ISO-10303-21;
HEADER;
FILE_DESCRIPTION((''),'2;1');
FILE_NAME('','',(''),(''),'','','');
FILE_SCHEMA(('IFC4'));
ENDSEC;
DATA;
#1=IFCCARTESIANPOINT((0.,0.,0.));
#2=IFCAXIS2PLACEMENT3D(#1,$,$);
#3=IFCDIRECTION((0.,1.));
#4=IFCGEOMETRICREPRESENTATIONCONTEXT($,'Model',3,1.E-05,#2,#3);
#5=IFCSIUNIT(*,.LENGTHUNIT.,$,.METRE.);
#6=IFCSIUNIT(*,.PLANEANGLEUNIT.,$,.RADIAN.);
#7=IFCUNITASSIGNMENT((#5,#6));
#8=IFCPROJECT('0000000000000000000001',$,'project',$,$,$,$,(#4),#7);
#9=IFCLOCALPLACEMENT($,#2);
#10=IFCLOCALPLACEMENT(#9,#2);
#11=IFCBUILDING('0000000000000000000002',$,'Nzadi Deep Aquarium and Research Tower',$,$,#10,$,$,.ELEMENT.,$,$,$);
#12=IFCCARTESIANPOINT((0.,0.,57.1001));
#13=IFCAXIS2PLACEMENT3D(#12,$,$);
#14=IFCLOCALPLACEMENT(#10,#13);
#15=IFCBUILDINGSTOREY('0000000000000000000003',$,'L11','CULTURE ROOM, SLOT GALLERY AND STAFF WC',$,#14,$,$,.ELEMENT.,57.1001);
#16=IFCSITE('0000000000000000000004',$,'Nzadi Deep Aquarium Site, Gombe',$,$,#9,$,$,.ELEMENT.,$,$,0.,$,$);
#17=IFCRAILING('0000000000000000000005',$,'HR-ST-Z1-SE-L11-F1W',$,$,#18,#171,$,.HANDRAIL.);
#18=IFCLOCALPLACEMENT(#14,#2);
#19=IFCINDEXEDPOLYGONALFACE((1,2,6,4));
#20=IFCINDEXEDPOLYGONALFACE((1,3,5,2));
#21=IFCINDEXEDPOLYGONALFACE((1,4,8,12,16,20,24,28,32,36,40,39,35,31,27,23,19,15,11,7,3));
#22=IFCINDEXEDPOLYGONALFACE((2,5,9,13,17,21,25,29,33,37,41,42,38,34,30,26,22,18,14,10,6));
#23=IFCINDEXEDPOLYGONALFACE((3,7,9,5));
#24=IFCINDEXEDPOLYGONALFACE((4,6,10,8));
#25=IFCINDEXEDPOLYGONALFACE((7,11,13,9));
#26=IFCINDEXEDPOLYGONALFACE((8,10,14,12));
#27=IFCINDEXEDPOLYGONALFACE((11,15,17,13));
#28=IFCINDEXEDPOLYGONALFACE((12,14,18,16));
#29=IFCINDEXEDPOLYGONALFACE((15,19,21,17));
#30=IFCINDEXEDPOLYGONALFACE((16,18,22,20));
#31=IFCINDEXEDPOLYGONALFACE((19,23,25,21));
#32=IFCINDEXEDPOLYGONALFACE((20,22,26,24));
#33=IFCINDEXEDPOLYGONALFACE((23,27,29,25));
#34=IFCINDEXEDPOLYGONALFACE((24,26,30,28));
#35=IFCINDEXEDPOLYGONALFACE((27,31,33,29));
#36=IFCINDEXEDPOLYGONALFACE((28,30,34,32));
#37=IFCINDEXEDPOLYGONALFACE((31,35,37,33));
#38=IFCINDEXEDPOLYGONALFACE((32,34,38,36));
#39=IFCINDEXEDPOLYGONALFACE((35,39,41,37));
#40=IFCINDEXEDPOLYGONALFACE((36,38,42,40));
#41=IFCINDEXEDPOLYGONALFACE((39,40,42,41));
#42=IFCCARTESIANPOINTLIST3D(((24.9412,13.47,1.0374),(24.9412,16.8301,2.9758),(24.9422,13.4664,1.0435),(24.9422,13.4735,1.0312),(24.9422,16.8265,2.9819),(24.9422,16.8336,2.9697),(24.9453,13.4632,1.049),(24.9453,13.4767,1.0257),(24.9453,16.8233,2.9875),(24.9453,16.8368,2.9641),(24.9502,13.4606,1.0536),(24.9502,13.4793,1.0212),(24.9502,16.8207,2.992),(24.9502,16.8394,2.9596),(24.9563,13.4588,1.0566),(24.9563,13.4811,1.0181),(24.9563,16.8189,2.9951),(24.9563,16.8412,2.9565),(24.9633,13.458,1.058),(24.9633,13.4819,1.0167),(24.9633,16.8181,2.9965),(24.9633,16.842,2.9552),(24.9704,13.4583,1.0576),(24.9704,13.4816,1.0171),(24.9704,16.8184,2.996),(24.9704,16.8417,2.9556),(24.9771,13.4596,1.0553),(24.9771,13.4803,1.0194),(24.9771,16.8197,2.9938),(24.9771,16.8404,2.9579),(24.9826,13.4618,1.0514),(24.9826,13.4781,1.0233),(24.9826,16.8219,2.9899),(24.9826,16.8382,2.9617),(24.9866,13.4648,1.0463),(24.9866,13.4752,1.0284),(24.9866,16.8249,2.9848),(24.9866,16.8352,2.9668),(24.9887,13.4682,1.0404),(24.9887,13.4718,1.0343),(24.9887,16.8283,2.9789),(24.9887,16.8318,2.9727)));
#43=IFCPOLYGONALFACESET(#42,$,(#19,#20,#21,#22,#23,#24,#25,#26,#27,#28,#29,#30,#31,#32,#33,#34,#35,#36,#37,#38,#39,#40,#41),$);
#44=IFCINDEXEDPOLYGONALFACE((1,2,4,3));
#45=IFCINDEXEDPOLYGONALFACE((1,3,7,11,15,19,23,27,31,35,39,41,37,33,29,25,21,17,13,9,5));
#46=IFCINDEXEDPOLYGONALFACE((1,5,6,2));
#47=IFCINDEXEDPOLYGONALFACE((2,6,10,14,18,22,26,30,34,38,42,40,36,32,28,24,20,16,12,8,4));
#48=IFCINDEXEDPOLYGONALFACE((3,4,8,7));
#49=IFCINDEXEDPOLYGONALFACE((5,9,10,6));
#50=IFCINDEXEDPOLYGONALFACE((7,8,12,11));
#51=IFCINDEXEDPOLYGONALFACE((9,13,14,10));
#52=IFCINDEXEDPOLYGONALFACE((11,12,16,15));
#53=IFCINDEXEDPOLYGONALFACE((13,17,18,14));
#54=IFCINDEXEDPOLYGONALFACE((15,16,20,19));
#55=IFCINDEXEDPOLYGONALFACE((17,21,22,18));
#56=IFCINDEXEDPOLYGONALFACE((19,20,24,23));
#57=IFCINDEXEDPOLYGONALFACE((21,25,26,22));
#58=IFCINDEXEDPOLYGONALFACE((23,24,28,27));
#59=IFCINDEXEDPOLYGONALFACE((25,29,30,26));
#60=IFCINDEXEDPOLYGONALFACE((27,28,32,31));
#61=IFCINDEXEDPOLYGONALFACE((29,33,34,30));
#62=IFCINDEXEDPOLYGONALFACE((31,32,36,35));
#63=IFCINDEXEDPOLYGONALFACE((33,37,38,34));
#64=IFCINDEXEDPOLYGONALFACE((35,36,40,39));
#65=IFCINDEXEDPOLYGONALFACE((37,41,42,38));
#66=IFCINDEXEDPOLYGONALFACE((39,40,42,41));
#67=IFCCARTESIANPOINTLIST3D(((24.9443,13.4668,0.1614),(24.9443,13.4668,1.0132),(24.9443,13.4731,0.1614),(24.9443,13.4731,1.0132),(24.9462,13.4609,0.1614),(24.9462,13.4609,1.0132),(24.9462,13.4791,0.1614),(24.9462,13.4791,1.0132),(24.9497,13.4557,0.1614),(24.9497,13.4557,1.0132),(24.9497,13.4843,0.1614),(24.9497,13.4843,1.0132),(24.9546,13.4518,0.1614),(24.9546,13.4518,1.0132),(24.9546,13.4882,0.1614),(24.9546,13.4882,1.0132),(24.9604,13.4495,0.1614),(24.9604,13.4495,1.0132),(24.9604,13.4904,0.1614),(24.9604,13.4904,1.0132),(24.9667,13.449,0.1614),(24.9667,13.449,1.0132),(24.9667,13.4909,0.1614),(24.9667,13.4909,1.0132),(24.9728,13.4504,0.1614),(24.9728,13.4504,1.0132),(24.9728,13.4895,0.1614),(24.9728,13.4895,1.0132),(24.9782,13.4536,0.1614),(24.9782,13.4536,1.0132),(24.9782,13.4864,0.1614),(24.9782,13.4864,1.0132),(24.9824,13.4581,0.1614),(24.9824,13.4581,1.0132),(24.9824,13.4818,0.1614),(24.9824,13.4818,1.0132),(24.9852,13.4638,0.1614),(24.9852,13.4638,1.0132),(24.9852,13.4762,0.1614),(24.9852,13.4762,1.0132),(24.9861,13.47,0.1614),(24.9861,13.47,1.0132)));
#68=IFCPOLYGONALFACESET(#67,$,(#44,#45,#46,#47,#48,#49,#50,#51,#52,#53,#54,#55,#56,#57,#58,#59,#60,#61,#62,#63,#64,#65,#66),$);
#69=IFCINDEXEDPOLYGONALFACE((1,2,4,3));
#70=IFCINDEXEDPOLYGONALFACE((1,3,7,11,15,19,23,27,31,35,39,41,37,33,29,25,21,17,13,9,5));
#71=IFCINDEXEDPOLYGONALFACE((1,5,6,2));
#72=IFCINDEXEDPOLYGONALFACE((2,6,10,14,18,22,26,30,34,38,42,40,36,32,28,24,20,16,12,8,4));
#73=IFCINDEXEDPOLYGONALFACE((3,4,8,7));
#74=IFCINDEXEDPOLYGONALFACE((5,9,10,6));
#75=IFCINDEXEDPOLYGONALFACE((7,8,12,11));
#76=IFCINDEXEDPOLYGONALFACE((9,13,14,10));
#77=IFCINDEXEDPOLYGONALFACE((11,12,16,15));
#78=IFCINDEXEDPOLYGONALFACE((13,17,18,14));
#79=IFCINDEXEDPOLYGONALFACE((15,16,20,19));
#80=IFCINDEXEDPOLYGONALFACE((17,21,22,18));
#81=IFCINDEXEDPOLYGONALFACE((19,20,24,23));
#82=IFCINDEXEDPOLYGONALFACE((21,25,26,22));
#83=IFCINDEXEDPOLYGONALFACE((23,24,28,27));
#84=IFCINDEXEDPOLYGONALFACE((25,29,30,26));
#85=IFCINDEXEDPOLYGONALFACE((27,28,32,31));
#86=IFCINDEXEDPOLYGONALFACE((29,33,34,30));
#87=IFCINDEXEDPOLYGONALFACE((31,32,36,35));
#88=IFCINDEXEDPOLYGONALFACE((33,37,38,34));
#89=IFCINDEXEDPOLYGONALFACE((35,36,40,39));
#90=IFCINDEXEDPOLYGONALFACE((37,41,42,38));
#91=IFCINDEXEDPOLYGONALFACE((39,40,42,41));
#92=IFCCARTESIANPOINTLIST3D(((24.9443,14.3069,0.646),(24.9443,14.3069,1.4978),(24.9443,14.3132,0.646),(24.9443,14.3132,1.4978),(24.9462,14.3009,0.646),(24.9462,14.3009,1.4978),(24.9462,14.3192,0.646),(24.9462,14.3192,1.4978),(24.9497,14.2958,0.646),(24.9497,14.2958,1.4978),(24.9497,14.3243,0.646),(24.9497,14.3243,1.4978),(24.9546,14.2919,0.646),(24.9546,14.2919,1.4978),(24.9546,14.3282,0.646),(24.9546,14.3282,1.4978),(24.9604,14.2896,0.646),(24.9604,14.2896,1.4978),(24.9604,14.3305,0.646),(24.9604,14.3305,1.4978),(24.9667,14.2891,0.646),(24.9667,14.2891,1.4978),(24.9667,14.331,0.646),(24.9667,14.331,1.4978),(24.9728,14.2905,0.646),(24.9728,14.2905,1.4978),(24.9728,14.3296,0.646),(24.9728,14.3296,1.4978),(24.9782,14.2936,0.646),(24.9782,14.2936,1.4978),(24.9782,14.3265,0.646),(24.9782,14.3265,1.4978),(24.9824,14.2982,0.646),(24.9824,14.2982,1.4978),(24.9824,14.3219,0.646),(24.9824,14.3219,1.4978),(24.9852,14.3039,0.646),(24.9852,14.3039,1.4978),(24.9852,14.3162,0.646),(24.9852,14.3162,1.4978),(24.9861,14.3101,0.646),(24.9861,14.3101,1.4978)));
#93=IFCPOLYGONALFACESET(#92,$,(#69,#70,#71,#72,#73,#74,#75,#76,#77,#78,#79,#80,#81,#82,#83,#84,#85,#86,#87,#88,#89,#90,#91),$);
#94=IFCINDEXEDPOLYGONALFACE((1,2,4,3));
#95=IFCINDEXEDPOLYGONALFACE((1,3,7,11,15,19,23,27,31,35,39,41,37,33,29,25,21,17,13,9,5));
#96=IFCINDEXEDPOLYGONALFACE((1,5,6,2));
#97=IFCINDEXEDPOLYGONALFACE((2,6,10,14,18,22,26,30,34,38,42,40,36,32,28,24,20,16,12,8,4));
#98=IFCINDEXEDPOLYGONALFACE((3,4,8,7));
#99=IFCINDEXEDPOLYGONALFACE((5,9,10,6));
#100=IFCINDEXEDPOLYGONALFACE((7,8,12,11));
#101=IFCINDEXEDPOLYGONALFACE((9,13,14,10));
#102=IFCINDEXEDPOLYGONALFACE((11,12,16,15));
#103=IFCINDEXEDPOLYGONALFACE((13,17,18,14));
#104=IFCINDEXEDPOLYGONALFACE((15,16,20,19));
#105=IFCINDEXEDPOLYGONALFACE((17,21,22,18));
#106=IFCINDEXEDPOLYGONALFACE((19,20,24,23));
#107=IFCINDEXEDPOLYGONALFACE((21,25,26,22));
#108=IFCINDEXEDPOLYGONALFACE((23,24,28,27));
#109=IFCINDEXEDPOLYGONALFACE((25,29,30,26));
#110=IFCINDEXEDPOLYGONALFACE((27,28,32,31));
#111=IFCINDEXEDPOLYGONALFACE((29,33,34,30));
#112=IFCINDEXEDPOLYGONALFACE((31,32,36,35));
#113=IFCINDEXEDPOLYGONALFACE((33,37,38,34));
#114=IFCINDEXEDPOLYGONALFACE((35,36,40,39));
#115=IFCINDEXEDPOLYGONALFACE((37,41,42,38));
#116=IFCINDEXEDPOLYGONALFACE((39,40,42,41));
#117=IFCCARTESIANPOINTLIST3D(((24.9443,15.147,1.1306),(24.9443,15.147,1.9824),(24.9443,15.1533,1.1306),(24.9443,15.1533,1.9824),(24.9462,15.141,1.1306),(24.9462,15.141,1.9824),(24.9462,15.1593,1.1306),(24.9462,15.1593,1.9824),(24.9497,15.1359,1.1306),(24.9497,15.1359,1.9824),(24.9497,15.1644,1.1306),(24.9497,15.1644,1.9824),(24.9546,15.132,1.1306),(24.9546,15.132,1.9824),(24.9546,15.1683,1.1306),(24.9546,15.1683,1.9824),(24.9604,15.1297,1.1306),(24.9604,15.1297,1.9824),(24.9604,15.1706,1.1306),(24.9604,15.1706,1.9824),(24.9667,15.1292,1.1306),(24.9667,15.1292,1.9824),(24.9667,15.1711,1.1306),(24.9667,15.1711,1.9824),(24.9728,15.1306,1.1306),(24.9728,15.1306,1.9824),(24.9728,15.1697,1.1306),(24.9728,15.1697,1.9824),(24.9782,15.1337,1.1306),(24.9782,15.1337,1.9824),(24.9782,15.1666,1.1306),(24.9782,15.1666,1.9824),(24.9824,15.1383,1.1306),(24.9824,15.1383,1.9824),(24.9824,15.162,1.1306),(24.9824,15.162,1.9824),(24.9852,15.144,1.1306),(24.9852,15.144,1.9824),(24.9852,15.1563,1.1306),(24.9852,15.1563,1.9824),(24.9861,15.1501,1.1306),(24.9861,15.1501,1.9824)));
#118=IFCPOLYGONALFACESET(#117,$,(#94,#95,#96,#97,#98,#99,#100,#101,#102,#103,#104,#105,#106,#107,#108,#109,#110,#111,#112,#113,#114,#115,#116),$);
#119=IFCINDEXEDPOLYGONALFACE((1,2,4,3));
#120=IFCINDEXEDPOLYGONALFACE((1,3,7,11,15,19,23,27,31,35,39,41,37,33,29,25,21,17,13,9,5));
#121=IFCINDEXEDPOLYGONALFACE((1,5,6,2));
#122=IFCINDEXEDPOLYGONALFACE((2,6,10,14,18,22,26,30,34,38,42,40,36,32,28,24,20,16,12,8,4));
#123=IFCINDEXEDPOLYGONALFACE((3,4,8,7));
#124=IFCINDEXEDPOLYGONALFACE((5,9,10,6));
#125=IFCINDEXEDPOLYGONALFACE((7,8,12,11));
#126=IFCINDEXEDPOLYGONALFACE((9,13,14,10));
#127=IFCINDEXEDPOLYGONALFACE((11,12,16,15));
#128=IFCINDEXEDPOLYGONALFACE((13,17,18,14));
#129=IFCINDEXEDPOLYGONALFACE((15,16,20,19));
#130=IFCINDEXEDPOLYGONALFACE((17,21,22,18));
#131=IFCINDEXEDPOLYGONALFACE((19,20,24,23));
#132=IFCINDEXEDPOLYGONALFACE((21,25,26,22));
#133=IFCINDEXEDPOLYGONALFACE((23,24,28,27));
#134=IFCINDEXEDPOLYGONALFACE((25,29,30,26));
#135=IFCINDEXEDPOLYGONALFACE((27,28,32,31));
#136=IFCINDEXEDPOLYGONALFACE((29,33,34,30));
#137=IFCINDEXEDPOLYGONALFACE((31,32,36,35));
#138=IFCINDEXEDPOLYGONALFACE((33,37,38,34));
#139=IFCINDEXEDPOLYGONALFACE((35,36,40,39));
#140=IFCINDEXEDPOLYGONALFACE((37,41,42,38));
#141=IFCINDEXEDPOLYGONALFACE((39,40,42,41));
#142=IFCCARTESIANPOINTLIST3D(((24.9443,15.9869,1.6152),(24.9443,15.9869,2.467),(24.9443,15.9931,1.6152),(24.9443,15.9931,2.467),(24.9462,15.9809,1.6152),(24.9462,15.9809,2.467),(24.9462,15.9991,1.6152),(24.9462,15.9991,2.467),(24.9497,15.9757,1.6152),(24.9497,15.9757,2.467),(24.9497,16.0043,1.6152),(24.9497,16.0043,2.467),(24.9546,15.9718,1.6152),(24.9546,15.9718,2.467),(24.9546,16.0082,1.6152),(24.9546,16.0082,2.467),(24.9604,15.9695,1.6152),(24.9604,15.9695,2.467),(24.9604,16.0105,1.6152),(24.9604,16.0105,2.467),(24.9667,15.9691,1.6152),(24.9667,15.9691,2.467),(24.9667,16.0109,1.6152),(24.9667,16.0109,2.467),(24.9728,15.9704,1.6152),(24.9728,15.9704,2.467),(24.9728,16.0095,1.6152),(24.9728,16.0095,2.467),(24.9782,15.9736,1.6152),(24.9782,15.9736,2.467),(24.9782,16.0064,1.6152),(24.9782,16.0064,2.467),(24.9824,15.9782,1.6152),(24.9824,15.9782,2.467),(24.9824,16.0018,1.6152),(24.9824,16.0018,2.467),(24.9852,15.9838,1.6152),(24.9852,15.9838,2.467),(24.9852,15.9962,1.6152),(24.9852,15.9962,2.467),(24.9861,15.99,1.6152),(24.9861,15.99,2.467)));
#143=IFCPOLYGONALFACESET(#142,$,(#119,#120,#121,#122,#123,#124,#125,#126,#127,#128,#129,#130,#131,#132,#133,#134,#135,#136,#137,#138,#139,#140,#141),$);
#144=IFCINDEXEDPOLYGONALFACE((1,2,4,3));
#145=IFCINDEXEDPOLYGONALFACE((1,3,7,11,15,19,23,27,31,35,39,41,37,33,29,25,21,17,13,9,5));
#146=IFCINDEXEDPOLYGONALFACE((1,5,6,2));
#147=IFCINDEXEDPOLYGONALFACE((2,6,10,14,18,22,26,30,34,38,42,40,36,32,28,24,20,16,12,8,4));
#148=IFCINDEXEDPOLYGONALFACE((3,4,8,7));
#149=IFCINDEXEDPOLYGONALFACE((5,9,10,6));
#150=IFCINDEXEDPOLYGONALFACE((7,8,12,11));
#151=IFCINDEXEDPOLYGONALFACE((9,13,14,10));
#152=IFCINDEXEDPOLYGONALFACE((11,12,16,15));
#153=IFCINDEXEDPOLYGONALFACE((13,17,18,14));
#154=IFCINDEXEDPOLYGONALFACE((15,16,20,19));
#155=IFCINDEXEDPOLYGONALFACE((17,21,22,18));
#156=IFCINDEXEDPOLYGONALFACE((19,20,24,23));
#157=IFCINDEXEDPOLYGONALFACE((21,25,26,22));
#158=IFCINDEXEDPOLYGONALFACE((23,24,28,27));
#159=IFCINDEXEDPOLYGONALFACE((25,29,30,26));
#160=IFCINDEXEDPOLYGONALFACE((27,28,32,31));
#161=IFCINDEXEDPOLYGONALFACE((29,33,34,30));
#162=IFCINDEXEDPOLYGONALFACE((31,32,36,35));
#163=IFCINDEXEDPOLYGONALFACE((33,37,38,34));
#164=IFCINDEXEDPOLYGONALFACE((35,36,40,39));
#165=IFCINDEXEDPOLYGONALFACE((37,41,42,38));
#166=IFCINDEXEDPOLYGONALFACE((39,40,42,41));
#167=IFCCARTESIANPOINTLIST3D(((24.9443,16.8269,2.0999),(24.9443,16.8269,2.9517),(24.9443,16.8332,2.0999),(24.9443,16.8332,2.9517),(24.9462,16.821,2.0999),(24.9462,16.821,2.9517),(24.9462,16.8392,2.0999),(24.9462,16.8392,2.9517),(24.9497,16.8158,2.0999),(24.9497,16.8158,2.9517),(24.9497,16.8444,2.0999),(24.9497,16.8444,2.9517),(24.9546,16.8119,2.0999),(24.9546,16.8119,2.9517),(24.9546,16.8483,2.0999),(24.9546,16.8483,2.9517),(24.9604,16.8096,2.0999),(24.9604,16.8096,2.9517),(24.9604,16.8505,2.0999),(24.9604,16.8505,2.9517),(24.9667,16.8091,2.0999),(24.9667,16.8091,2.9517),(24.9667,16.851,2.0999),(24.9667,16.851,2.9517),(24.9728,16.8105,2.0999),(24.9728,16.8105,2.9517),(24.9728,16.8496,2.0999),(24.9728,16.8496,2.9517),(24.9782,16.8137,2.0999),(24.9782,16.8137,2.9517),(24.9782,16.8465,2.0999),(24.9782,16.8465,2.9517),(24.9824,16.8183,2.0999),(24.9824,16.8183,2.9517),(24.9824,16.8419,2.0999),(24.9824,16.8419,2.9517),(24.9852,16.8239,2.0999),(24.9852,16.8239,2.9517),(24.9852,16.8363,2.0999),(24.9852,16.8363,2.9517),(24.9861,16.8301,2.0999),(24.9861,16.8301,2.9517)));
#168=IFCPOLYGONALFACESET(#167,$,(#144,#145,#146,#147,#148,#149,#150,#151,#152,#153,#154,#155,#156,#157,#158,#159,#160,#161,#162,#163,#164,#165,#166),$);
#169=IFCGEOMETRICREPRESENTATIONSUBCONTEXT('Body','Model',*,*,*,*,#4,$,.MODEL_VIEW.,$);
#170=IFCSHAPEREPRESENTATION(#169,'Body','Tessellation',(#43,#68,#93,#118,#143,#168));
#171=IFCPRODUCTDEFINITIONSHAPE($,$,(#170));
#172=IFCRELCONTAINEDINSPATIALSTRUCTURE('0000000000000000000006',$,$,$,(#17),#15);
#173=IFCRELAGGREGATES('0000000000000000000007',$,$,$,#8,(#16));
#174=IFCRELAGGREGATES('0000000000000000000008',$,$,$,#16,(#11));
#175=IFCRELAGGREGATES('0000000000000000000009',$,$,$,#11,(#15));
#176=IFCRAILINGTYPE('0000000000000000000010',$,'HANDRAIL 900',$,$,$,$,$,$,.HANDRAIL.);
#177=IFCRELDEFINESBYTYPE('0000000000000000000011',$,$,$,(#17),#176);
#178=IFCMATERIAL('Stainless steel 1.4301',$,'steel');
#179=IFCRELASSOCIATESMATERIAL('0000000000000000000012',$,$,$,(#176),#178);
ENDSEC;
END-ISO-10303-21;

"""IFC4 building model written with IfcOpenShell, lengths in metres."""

from ifc_helpers import new_model, si_unit, direction, frame, origin, origin_2d, place, context, subcontext, project, spatial, circle, extrude, material, type_object, element, save


model = new_model("IFC4")

# Units and contexts
model_context = context("Model", 3, precision=1e-05, world=origin(), true_north=direction((0.0, 1.0)))
body_context = subcontext(model_context, "Body", "Model", "MODEL_VIEW")
ifc_project = project(units=[si_unit("LENGTHUNIT", "METRE"), si_unit("PLANEANGLEUNIT", "RADIAN")], contexts=[model_context])

# Site, building, storey
site_placement = place(None, origin())
site = spatial("IfcSite", under=ifc_project, at=site_placement, Name="Nzadi Deep Aquarium Site, Gombe", CompositionType="ELEMENT", RefElevation=0.0)
building_placement = place(site_placement, origin())
building = spatial("IfcBuilding", under=site, at=building_placement, Name="Nzadi Deep Aquarium and Research Tower", CompositionType="ELEMENT")
storey_placement = place(building_placement, frame((0.0, 0.0, 57.1001)))
storey = spatial("IfcBuildingStorey", under=building, at=storey_placement, Name="L11", Description="CULTURE ROOM, SLOT GALLERY AND STAFF WC", CompositionType="ELEMENT", Elevation=57.1001)

# Railing
ifc_material_1 = material(Name="Stainless steel 1.4301", Category="steel")
railing_type = type_object("IfcRailingType", Name="HANDRAIL 900", PredefinedType="HANDRAIL", material=ifc_material_1)
for number, where, name in (
    (1, (24.9651, 13.47, 0.1614), "HR-ST-Z1-SE-L11-F1W"),
):
    element("IfcRailing", number, at=place(storey_placement, frame(where)), inside=storey, type_object=railing_type, Name=name, PredefinedType="HANDRAIL", context=body_context, shape_type="SweptSolid", body=[
        extrude(circle(Radius=0.0239, at=origin_2d()), frame((0.0, 0.0, 0.876), z_axis=(0.0, 0.866191, 0.499713), x_axis=(-1.0, 0.0, 0.0)), (0.0, 0.0, 1.0), 3.8792),
        extrude(circle(Radius=0.021, at=origin_2d()), origin(), (0.0, 0.0, 1.0), 0.8518),
        extrude(circle(Radius=0.021, at=origin_2d()), frame((0.0, 0.8401, 0.4846)), (0.0, 0.0, 1.0), 0.8518),
        extrude(circle(Radius=0.021, at=origin_2d()), frame((0.0, 1.6802, 0.9692)), (0.0, 0.0, 1.0), 0.8518),
        extrude(circle(Radius=0.021, at=origin_2d()), frame((0.0, 2.52, 1.4539)), (0.0, 0.0, 1.0), 0.8518),
        extrude(circle(Radius=0.021, at=origin_2d()), frame((0.0, 3.3601, 1.9385)), (0.0, 0.0, 1.0), 0.8518),
    ])

save(model, "model.ifc")
